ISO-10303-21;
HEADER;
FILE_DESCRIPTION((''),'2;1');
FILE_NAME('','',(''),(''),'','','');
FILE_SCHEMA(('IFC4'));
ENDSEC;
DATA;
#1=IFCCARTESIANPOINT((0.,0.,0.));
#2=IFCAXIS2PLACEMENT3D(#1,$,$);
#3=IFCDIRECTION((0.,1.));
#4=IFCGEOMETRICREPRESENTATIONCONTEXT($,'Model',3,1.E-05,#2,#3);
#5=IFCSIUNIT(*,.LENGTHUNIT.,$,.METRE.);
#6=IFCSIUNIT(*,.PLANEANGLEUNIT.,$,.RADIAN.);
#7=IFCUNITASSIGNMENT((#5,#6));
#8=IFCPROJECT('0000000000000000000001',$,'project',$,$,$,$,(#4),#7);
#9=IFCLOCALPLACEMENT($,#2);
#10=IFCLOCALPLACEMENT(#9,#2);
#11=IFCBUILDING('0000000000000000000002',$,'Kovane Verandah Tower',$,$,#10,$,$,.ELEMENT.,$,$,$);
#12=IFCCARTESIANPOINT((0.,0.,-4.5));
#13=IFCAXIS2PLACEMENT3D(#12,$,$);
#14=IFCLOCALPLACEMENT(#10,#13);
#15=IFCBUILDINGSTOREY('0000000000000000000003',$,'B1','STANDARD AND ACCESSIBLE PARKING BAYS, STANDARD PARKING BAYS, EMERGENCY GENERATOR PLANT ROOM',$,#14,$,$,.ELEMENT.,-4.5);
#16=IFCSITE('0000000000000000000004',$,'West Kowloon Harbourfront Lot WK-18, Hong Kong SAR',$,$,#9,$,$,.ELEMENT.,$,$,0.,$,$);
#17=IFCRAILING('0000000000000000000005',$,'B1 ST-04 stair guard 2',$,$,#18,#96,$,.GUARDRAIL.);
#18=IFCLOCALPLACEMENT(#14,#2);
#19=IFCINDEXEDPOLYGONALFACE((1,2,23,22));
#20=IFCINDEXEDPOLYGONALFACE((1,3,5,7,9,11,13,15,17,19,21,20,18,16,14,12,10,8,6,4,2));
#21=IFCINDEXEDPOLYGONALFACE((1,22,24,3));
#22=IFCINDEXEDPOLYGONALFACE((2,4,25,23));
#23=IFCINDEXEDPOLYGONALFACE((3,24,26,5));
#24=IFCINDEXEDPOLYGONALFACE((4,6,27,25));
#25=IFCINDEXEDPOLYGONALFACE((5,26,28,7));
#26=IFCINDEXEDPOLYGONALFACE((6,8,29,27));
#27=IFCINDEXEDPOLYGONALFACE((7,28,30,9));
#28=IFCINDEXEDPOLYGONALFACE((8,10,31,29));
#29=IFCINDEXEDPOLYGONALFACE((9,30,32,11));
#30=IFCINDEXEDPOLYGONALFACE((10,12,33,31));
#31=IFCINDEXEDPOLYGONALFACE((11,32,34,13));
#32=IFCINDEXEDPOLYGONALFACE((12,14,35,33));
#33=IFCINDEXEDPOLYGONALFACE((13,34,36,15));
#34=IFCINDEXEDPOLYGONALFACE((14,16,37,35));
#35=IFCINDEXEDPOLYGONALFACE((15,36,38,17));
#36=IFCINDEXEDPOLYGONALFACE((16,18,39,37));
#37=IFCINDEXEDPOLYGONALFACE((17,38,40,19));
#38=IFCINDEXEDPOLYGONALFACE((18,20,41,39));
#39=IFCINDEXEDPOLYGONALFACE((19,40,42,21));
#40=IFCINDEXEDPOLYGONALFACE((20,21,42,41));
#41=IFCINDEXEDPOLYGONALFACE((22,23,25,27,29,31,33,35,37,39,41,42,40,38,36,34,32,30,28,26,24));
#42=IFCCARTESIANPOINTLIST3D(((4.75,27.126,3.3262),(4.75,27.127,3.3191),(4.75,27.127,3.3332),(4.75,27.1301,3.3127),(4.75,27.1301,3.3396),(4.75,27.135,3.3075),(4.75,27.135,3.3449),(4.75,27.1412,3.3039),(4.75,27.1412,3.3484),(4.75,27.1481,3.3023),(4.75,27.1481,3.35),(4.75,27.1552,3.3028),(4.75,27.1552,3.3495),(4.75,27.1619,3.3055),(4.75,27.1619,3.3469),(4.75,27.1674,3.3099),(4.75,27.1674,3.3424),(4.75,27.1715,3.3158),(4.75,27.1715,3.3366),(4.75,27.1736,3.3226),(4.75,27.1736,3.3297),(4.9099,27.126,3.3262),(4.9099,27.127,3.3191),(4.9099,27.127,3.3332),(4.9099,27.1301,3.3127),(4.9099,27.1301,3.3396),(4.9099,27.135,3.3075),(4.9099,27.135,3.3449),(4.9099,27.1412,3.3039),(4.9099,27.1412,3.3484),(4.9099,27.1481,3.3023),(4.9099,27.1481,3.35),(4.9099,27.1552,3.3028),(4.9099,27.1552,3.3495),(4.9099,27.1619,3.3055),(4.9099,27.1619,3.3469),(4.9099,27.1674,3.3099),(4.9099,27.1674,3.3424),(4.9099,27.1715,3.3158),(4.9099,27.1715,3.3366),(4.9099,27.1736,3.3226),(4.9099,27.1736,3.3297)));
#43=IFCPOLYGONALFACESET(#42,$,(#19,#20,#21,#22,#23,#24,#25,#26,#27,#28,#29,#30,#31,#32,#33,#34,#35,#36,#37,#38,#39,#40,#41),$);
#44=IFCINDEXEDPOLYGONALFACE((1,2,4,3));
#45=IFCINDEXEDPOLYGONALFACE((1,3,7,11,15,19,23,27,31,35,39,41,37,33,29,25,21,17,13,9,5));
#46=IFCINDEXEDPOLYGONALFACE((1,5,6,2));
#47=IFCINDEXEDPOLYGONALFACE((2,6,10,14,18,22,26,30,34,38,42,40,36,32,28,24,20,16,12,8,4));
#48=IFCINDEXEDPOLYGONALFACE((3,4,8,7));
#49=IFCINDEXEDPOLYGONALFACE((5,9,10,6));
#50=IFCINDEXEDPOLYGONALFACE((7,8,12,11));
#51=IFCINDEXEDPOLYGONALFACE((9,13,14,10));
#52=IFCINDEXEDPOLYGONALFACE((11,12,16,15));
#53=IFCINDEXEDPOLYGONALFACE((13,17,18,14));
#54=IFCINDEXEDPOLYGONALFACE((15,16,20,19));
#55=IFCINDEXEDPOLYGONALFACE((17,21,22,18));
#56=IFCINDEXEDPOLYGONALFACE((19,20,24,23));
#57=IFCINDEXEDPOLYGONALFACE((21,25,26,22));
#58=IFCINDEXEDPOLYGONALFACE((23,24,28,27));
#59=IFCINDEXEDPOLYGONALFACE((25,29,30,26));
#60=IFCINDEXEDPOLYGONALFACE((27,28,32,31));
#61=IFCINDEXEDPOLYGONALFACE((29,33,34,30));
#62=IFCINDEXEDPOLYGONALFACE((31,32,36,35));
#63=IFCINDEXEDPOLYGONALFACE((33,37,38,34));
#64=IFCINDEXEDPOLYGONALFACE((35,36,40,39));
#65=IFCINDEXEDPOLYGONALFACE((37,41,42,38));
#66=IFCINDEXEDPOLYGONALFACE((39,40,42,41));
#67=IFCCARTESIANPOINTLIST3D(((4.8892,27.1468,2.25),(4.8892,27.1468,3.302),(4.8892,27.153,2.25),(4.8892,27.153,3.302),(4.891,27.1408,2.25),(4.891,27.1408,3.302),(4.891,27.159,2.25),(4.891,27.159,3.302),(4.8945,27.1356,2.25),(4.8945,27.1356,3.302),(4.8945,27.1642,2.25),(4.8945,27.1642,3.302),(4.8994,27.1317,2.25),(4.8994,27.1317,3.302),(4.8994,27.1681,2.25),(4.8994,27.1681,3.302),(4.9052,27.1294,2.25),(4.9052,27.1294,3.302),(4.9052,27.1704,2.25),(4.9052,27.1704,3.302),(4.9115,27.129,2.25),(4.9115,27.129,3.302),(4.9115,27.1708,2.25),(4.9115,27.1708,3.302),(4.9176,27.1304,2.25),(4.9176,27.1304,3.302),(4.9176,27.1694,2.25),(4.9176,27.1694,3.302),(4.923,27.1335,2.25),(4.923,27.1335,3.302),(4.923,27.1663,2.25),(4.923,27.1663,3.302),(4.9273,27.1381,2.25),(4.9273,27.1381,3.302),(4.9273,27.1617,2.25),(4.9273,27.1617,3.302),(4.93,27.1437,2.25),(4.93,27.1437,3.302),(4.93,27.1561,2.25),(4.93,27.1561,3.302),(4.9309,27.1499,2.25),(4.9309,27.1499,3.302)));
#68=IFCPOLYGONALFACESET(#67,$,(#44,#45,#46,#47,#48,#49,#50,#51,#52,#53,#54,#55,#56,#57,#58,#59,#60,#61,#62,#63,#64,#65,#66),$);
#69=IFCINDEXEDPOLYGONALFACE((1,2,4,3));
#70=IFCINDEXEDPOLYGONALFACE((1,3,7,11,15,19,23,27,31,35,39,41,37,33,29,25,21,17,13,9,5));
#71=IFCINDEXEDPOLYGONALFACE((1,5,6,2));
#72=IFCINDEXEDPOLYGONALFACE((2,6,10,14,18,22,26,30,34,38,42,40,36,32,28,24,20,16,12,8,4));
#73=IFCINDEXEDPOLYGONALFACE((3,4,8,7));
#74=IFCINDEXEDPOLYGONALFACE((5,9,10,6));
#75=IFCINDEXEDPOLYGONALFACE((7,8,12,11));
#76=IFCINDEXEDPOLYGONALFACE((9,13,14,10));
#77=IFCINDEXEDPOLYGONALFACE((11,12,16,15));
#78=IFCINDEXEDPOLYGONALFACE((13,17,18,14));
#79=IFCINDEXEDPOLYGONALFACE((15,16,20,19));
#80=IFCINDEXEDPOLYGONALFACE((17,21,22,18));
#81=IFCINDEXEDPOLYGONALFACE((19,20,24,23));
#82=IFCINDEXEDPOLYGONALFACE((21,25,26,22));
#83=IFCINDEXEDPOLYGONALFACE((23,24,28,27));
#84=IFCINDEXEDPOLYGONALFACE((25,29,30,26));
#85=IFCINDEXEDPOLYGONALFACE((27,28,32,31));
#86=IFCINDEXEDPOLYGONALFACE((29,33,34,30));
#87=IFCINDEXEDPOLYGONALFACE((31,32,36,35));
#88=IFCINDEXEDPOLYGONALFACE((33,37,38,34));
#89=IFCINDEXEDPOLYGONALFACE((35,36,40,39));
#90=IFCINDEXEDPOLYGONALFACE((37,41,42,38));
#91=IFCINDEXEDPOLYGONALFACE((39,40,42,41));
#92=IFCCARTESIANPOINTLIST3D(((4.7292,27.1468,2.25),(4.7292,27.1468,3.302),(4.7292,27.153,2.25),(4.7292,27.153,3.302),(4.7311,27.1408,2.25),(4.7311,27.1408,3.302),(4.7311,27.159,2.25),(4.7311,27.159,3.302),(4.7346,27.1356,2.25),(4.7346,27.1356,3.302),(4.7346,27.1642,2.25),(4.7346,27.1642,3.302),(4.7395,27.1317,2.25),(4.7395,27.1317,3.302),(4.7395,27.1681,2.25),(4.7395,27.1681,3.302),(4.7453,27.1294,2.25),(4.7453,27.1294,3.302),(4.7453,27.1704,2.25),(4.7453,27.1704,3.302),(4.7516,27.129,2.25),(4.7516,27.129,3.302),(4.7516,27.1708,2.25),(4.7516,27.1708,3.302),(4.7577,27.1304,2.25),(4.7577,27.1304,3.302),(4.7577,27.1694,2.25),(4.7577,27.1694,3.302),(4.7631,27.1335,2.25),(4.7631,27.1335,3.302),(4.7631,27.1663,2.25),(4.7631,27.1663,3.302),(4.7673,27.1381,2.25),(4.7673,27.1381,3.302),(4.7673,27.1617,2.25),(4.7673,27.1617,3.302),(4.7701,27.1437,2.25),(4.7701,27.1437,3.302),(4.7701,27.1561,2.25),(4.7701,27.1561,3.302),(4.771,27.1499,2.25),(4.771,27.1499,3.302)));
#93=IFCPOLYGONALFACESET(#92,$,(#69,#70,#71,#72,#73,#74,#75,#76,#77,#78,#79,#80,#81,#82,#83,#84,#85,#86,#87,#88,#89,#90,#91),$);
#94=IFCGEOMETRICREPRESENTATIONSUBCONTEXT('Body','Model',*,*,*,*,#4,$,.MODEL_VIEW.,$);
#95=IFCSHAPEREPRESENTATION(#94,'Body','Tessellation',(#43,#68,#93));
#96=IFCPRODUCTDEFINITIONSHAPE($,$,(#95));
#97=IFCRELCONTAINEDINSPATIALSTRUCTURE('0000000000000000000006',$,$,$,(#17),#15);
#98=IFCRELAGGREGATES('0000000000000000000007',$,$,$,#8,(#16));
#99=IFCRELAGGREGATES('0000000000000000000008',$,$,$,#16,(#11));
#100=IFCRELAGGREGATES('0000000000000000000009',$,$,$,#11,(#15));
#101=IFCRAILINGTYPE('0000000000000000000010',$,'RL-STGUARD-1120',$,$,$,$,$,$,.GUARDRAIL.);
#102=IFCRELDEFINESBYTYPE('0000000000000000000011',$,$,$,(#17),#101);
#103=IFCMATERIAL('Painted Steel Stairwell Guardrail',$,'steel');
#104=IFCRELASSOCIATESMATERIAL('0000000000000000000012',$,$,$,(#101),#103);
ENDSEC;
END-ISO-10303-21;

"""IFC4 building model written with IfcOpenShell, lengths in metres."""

from ifc_helpers import new_model, si_unit, direction, frame, origin, origin_2d, place, context, subcontext, project, spatial, circle, extrude, material, type_object, element, save


model = new_model("IFC4")

# Units and contexts
model_context = context("Model", 3, precision=1e-05, world=origin(), true_north=direction((0.0, 1.0)))
body_context = subcontext(model_context, "Body", "Model", "MODEL_VIEW")
ifc_project = project(units=[si_unit("LENGTHUNIT", "METRE"), si_unit("PLANEANGLEUNIT", "RADIAN")], contexts=[model_context])

# Site, building, storey
site_placement = place(None, origin())
site = spatial("IfcSite", under=ifc_project, at=site_placement, Name="West Kowloon Harbourfront Lot WK-18, Hong Kong SAR", CompositionType="ELEMENT", RefElevation=0.0)
building_placement = place(site_placement, origin())
building = spatial("IfcBuilding", under=site, at=building_placement, Name="Kovane Verandah Tower", CompositionType="ELEMENT")
storey_placement = place(building_placement, frame((0.0, 0.0, -4.5)))
storey = spatial("IfcBuildingStorey", under=building, at=storey_placement, Name="B1", Description="STANDARD AND ACCESSIBLE PARKING BAYS, STANDARD PARKING BAYS, EMERGENCY GENERATOR PLANT ROOM", CompositionType="ELEMENT", Elevation=-4.5)

# Railing
ifc_material_1 = material(Name="Painted Steel Stairwell Guardrail", Category="steel")
railing_type_1 = type_object("IfcRailingType", Name="RL-STGUARD-1120", PredefinedType="GUARDRAIL", material=ifc_material_1)
railing_1_placement = place(storey_placement, frame((4.9099, 27.1499, 2.25)))
element("IfcRailing", 1, at=railing_1_placement, inside=storey, type_object=railing_type_1, Name="B1 ST-04 stair guard 2", PredefinedType="GUARDRAIL", context=body_context, shape_type="SweptSolid", body=[
    extrude(circle(Radius=0.0239, at=origin_2d()), frame((0.0, 0.0, 1.0762), z_axis=(-1.0, 0.0, 0.0), x_axis=(0.0, -1.0, 0.0)), (0.0, 0.0, 1.0), 0.1599),
    extrude(circle(Radius=0.021, at=origin_2d()), origin(), (0.0, 0.0, 1.0), 1.052),
    extrude(circle(Radius=0.021, at=origin_2d()), frame((-0.1599, 0.0, 0.0)), (0.0, 0.0, 1.0), 1.052),
])

save(model, "model.ifc")
